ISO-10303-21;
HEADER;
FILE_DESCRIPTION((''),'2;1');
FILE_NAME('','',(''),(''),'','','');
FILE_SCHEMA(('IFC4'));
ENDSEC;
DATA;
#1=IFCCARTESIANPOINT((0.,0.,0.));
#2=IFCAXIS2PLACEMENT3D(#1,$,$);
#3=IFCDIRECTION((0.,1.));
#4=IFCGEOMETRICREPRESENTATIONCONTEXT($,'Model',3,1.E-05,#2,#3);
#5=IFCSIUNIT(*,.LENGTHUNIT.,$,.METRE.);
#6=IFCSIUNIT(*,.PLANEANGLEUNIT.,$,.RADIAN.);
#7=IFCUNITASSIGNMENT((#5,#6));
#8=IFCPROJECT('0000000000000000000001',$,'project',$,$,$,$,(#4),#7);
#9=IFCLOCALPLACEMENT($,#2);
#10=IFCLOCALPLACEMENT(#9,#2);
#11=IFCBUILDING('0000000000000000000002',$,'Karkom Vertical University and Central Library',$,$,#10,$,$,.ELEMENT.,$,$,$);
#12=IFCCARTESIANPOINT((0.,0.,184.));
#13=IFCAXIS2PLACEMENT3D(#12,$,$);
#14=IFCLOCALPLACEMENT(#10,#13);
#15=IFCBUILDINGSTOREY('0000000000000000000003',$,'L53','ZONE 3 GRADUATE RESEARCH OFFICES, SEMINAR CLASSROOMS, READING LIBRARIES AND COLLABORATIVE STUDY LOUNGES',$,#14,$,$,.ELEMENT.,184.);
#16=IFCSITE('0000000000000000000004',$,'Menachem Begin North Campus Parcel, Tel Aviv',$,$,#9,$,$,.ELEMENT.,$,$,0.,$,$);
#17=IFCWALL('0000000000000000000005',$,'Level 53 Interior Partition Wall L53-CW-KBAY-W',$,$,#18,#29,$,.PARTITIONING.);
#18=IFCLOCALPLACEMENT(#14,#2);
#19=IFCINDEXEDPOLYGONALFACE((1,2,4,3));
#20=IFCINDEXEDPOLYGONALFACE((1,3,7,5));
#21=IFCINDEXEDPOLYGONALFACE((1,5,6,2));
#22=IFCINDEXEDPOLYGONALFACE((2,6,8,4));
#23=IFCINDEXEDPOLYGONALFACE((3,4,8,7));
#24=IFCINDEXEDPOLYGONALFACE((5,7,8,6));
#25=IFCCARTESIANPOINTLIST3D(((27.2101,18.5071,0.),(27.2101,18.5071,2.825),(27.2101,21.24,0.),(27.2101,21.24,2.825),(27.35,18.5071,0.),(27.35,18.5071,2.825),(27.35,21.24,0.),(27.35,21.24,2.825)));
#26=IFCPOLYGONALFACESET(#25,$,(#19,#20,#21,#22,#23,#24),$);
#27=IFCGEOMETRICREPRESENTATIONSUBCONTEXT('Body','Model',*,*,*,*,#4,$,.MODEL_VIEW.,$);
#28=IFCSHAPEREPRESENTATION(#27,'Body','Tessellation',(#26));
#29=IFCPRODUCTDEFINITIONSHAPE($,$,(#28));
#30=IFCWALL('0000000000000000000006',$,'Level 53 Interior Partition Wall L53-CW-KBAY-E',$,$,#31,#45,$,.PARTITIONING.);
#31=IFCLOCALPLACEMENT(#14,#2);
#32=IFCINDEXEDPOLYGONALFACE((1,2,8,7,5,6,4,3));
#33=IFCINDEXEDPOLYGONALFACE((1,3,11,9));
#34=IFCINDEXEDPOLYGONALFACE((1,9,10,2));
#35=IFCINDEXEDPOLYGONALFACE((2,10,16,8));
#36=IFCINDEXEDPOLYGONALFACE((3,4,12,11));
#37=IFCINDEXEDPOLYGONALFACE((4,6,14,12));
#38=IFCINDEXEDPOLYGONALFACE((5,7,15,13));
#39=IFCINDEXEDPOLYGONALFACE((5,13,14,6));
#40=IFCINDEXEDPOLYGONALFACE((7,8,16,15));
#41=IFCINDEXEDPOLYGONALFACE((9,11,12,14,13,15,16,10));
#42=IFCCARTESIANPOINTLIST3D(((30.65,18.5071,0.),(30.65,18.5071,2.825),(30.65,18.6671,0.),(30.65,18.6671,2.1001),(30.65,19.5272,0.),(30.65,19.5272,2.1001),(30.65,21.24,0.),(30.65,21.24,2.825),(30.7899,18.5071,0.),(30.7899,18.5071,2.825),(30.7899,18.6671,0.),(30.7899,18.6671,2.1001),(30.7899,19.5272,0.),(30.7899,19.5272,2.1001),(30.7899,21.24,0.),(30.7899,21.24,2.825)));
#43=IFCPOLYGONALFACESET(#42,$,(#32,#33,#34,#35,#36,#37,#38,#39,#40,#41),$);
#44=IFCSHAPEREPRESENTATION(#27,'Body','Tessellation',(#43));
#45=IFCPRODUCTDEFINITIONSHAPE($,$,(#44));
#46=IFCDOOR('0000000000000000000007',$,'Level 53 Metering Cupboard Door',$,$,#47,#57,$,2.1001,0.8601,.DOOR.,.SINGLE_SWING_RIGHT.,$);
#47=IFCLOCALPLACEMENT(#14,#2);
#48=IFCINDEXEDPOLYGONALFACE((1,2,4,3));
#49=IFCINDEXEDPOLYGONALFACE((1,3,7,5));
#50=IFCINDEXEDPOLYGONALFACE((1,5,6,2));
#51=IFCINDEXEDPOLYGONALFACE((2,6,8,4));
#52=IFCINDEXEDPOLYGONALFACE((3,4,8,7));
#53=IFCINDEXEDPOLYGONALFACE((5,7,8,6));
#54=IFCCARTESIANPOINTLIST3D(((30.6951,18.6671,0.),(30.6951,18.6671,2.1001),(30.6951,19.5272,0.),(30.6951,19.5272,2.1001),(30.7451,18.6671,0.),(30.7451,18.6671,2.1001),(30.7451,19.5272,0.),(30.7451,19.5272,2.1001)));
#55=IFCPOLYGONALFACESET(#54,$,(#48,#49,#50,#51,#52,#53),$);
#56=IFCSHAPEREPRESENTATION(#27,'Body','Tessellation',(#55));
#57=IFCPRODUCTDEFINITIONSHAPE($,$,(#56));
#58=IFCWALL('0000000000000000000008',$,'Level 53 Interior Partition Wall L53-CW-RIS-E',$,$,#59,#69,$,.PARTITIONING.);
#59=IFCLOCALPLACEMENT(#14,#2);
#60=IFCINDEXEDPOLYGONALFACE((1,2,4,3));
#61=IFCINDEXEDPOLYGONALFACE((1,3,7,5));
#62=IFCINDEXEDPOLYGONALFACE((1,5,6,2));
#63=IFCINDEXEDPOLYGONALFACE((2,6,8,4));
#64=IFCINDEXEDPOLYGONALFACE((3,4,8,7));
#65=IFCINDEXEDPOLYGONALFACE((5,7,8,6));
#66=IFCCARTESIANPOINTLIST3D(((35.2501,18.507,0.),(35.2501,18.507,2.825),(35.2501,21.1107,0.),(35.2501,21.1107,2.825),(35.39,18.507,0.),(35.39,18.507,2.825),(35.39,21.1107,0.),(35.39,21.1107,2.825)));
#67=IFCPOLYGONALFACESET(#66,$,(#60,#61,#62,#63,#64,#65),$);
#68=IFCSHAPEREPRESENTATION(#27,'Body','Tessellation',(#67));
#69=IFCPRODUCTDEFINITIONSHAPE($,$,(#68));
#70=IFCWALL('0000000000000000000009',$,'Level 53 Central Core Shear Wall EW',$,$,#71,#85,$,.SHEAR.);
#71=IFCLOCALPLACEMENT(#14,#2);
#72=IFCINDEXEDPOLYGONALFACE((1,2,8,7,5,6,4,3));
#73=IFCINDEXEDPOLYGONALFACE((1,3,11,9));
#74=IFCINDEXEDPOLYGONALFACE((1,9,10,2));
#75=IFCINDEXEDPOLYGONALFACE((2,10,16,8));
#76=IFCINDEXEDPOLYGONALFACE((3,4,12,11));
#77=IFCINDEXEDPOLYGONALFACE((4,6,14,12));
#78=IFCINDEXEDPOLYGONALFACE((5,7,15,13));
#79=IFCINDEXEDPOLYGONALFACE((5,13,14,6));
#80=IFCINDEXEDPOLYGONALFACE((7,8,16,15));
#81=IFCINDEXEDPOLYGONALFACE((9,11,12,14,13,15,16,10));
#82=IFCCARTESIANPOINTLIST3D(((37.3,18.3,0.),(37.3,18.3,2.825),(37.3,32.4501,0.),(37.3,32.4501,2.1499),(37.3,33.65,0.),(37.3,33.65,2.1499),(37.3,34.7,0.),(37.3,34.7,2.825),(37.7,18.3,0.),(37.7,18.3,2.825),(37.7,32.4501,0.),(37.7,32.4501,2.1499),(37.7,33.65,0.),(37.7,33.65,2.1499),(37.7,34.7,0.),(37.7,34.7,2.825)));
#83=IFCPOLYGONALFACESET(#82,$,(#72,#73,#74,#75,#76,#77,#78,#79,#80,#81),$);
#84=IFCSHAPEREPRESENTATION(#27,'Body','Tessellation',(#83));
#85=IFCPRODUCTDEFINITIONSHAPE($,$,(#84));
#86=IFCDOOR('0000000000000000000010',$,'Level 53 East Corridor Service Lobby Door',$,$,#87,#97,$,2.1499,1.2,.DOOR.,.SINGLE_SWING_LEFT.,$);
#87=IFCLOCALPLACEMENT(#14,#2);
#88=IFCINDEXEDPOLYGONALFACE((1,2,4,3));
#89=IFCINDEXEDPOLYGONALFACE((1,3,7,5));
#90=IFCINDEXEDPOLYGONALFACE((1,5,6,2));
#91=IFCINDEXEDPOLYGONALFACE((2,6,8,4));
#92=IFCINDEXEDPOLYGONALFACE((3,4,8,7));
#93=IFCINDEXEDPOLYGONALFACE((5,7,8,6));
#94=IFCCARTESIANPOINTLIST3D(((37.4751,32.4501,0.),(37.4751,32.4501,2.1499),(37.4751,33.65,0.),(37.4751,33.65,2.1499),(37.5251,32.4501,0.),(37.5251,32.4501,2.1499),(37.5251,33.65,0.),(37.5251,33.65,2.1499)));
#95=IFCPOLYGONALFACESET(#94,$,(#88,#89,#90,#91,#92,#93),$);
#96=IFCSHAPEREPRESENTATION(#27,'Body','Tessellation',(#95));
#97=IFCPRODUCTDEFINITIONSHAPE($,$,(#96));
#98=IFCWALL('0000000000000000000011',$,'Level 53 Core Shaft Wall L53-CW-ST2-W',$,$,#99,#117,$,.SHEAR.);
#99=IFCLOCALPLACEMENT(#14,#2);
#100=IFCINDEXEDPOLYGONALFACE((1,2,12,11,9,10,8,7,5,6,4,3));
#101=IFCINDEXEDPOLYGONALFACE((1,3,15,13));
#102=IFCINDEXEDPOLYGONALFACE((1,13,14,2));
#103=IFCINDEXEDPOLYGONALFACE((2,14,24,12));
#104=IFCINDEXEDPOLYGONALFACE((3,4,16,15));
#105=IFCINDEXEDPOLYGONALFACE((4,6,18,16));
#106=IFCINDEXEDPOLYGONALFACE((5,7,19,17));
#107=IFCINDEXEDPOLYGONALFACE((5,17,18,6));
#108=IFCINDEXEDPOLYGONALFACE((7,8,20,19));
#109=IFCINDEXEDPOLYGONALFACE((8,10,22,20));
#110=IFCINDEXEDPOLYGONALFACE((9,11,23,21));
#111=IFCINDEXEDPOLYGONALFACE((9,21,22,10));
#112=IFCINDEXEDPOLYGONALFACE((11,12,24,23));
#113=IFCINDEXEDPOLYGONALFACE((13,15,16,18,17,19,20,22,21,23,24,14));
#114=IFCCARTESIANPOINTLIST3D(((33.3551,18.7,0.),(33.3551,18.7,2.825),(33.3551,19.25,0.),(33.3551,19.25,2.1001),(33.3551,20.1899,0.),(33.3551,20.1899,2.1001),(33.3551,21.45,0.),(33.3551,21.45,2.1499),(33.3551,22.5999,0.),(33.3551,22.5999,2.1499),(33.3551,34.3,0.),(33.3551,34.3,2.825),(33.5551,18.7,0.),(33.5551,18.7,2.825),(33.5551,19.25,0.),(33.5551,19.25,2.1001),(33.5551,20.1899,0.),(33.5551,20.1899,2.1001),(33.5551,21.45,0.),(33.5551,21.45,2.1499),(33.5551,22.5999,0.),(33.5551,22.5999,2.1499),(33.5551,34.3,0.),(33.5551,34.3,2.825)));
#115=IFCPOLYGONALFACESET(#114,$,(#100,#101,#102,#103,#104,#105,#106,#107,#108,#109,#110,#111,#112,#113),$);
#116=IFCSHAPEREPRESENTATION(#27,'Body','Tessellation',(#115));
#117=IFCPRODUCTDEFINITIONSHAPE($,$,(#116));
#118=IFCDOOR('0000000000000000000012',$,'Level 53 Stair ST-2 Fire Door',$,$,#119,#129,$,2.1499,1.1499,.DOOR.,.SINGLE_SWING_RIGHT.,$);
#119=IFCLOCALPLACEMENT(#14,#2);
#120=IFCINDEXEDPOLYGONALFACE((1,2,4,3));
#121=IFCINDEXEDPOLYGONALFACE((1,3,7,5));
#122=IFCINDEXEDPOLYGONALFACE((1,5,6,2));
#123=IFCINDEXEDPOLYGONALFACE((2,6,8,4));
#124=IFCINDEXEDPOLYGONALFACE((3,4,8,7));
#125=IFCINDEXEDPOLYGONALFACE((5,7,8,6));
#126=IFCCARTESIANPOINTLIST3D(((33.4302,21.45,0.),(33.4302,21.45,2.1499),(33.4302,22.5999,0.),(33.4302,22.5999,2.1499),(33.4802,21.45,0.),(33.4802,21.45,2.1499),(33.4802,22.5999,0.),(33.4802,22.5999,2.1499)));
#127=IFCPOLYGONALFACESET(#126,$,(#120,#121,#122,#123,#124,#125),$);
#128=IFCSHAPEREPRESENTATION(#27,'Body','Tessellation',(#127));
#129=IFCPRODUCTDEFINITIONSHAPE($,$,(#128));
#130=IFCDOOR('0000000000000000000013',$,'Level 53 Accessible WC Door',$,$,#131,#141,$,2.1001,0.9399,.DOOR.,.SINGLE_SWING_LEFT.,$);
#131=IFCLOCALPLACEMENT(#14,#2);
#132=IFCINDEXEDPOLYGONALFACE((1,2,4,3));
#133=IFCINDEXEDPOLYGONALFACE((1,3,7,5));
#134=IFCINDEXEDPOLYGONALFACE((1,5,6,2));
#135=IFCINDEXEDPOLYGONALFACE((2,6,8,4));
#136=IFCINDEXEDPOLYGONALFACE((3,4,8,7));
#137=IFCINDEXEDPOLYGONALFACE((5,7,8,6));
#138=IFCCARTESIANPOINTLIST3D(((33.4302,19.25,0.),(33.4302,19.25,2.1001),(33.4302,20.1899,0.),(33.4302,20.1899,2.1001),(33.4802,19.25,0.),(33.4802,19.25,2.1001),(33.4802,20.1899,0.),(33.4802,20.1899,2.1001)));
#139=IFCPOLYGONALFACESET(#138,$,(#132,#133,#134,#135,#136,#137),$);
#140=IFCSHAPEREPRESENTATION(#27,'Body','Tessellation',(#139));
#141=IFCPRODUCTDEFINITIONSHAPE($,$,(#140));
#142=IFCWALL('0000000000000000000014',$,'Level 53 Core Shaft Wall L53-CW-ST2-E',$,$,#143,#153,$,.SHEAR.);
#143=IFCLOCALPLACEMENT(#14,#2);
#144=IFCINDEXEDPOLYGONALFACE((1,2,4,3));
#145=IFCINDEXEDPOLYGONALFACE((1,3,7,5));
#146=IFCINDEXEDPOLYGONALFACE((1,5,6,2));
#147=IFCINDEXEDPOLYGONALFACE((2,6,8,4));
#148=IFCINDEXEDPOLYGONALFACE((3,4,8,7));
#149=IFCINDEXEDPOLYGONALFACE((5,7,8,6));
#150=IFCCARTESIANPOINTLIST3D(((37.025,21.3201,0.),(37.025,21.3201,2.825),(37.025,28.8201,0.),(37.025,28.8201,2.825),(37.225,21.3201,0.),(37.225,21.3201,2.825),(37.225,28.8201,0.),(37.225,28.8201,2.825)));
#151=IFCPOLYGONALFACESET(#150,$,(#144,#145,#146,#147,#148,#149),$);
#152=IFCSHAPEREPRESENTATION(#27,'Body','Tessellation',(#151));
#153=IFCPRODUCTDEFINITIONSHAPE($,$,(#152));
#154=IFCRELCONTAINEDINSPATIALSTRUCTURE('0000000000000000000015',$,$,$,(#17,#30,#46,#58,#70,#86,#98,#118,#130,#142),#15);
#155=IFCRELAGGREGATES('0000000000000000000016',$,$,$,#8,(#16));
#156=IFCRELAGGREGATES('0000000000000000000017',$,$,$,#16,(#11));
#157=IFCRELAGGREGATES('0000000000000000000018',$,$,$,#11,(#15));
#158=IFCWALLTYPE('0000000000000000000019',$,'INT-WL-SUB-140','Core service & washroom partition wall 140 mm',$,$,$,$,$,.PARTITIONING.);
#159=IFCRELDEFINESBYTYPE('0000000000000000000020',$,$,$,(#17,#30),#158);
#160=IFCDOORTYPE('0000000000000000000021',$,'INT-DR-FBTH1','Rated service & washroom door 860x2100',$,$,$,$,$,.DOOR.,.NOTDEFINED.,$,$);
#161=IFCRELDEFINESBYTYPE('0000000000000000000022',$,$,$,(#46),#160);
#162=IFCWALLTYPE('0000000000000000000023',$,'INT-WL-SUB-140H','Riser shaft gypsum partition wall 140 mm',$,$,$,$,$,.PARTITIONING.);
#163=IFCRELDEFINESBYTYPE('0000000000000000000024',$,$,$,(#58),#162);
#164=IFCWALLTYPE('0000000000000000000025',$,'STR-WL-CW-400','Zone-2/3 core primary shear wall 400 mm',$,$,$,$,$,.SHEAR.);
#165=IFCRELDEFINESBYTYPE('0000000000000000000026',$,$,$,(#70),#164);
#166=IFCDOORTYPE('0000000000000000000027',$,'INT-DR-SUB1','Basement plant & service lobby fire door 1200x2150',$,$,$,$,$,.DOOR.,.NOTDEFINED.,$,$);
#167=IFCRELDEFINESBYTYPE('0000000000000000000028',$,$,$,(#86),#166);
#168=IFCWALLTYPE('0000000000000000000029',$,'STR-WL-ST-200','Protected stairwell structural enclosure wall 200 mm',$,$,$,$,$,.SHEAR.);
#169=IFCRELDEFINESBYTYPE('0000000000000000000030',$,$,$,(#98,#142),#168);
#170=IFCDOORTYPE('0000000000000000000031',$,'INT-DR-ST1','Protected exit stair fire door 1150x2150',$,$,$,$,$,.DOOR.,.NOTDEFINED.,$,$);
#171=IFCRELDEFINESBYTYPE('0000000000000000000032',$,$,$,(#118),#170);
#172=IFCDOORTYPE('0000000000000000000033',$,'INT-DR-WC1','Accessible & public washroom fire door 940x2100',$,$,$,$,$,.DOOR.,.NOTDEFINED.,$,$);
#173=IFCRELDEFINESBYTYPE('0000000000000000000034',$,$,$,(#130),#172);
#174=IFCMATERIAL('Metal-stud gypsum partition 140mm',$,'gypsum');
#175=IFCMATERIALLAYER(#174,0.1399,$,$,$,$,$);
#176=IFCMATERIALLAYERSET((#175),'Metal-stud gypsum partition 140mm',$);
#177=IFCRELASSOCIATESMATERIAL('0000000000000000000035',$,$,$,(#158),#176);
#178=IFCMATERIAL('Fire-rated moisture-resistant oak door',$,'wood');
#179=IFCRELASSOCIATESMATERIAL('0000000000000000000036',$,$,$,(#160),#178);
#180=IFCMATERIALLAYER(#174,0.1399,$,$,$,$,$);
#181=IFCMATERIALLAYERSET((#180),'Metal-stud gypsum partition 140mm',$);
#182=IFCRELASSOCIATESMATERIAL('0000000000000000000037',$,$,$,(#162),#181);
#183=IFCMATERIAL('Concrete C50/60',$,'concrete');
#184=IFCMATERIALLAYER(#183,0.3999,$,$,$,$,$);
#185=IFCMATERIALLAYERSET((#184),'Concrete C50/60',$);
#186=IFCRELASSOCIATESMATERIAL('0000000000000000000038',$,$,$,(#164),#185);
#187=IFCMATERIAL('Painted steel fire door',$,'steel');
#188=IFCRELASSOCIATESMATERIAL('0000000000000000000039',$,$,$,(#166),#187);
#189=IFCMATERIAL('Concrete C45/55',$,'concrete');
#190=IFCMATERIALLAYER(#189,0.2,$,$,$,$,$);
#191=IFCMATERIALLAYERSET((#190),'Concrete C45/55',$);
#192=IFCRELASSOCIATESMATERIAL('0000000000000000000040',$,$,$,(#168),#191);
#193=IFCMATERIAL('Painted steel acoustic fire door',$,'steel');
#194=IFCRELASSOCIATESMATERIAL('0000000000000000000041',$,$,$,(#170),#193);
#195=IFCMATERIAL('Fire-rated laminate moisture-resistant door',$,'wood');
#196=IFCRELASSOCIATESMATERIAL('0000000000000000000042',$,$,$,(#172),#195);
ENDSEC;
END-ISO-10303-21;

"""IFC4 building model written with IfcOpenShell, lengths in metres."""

from ifc_helpers import new_model, si_unit, direction, frame, frame_2d, origin, origin_with_axes, place, context, subcontext, project, spatial, rectangle, extrude, source, transform, mapped, material, layer, layer_set, type_object, element, fill, save


model = new_model("IFC4")

# Units and contexts
model_context = context("Model", 3, precision=1e-05, world=origin(), true_north=direction((0.0, 1.0)))
body_context = subcontext(model_context, "Body", "Model", "MODEL_VIEW")
ifc_project = project(units=[si_unit("LENGTHUNIT", "METRE"), si_unit("PLANEANGLEUNIT", "RADIAN")], contexts=[model_context])

# Site, building, storey
site_placement = place(None, origin())
site = spatial("IfcSite", under=ifc_project, at=site_placement, Name="Menachem Begin North Campus Parcel, Tel Aviv", CompositionType="ELEMENT", RefElevation=0.0)
building_placement = place(site_placement, origin())
building = spatial("IfcBuilding", under=site, at=building_placement, Name="Karkom Vertical University and Central Library", CompositionType="ELEMENT")
storey_placement = place(building_placement, frame((0.0, 0.0, 184.0)))
storey = spatial("IfcBuildingStorey", under=building, at=storey_placement, Name="L53", Description="ZONE 3 GRADUATE RESEARCH OFFICES, SEMINAR CLASSROOMS, READING LIBRARIES AND COLLABORATIVE STUDY LOUNGES", CompositionType="ELEMENT", Elevation=184.0)

# Shared definitions
ifc_material_1 = material(Name="Concrete C50/60", Category="concrete")

# Shared definitions
ifc_material_2 = material(Name="Metal-stud gypsum partition 140mm", Category="gypsum")
ifc_layer_1 = layer(ifc_material_2, 0.1399)
ifc_layer_set_1 = layer_set([ifc_layer_1], Name="Metal-stud gypsum partition 140mm")
wall_type_1 = type_object("IfcWallType", Name="INT-WL-SUB-140", Description="Core service & washroom partition wall 140 mm", PredefinedType="PARTITIONING", material=ifc_layer_set_1)

# Wall
wall_1_placement = place(storey_placement, frame((27.28, 18.5071, 0.0), z_axis=(0.0, 0.0, 1.0), x_axis=(0.0, 1.0, 0.0)))
element("IfcWall", 1, at=wall_1_placement, inside=storey, type_object=wall_type_1, Name="Level 53 Interior Partition Wall L53-CW-KBAY-W", PredefinedType="PARTITIONING", context=body_context, shape_type="SweptSolid", body=[
    extrude(rectangle(XDim=2.7329, YDim=0.1399, at=frame_2d((1.3665, 0.0))), origin(), (0.0, 0.0, 1.0), 2.825),
])

# Wall, opening, door
wall_2_placement = place(storey_placement, frame((30.72, 18.5071, 0.0), z_axis=(0.0, 0.0, 1.0), x_axis=(0.0, 1.0, 0.0)))
wall_2 = element("IfcWall", 2, at=wall_2_placement, inside=storey, type_object=wall_type_1, Name="Level 53 Interior Partition Wall L53-CW-KBAY-E", PredefinedType="PARTITIONING", context=body_context, shape_type="SweptSolid", body=[
    extrude(rectangle(XDim=2.7329, YDim=0.1399, at=frame_2d((1.3665, 0.0))), origin(), (0.0, 0.0, 1.0), 2.825),
])
opening_1_placement = place(wall_2_placement, frame((0.1599, 0.0, 0.0)))
opening_1 = element("IfcOpeningElement", 3, at=opening_1_placement, cuts=wall_2, PredefinedType="OPENING", context=body_context, shape_type="SweptSolid", body=[
    extrude(rectangle(XDim=0.8601, YDim=2.1001, at=frame_2d((0.4302, 1.05))), frame((0.0, 0.0801, 0.0), z_axis=(0.0, -1.0, 0.0), x_axis=(1.0, 0.0, 0.0)), (0.0, 0.0, 1.0), 0.1599),
])
ifc_material_3 = material(Name="Fire-rated moisture-resistant oak door", Category="wood")
door_type_1 = type_object("IfcDoorType", Name="INT-DR-FBTH1", Description="Rated service & washroom door 860x2100", OperationType="NOTDEFINED", PredefinedType="DOOR", material=ifc_material_3)
shared_shape_1 = source(origin_with_axes(), body_context, "Body", "SweptSolid", [
    extrude(rectangle(XDim=0.8601, YDim=2.1001, at=frame_2d((0.4302, 1.05))), frame((0.0, 0.0249, 0.0), z_axis=(0.0, -1.0, 0.0), x_axis=(1.0, 0.0, 0.0)), (0.0, 0.0, 1.0), 0.05),
])
door_1_placement = place(opening_1_placement, origin())
door_1 = element("IfcDoor", 4, at=door_1_placement, inside=storey, type_object=door_type_1, Name="Level 53 Metering Cupboard Door", OperationType="SINGLE_SWING_RIGHT", OverallHeight=2.1001, OverallWidth=0.8601, PredefinedType="DOOR", context=body_context, shape_type="MappedRepresentation", body=[
    mapped(shared_shape_1, transform((0.0, 0.0, 0.0), scale=1.0)),
])
fill(opening_1, door_1)

# Wall
ifc_layer_2 = layer(ifc_material_2, 0.1399)
ifc_layer_set_2 = layer_set([ifc_layer_2], Name="Metal-stud gypsum partition 140mm")
wall_type_2 = type_object("IfcWallType", Name="INT-WL-SUB-140H", Description="Riser shaft gypsum partition wall 140 mm", PredefinedType="PARTITIONING", material=ifc_layer_set_2)
wall_3_placement = place(storey_placement, frame((35.3201, 18.5071, 0.0), z_axis=(0.0, 0.0, 1.0), x_axis=(0.0, 1.0, 0.0)))
element("IfcWall", 5, at=wall_3_placement, inside=storey, type_object=wall_type_2, Name="Level 53 Interior Partition Wall L53-CW-RIS-E", PredefinedType="PARTITIONING", context=body_context, shape_type="SweptSolid", body=[
    extrude(rectangle(XDim=2.6038, YDim=0.1399, at=frame_2d((1.3018, 0.0))), origin(), (0.0, 0.0, 1.0), 2.825),
])

# Wall, opening, door
ifc_layer_3 = layer(ifc_material_1, 0.3999)
ifc_layer_set_3 = layer_set([ifc_layer_3], Name="Concrete C50/60")
wall_type_3 = type_object("IfcWallType", Name="STR-WL-CW-400", Description="Zone-2/3 core primary shear wall 400 mm", PredefinedType="SHEAR", material=ifc_layer_set_3)
wall_4_placement = place(storey_placement, frame((37.5, 18.3, 0.0), z_axis=(0.0, 0.0, 1.0), x_axis=(0.0, 1.0, 0.0)))
wall_4 = element("IfcWall", 6, at=wall_4_placement, inside=storey, type_object=wall_type_3, Name="Level 53 Central Core Shear Wall EW", PredefinedType="SHEAR", context=body_context, shape_type="SweptSolid", body=[
    extrude(rectangle(XDim=16.3999, YDim=0.3999, at=frame_2d((8.2, 0.0))), origin(), (0.0, 0.0, 1.0), 2.825),
])
opening_2_placement = place(wall_4_placement, frame((14.1499, 0.0, 0.0)))
opening_2 = element("IfcOpeningElement", 7, at=opening_2_placement, cuts=wall_4, PredefinedType="OPENING", context=body_context, shape_type="SweptSolid", body=[
    extrude(rectangle(XDim=1.2, YDim=2.1499, at=frame_2d((0.6001, 1.075))), frame((0.0, 0.21, 0.0), z_axis=(0.0, -1.0, 0.0), x_axis=(1.0, 0.0, 0.0)), (0.0, 0.0, 1.0), 0.4199),
])
ifc_material_4 = material(Name="Painted steel fire door", Category="steel")
door_type_2 = type_object("IfcDoorType", Name="INT-DR-SUB1", Description="Basement plant & service lobby fire door 1200x2150", OperationType="NOTDEFINED", PredefinedType="DOOR", material=ifc_material_4)
shared_shape_2 = source(origin_with_axes(), body_context, "Body", "SweptSolid", [
    extrude(rectangle(XDim=1.2, YDim=2.1499, at=frame_2d((0.6001, 1.075))), frame((0.0, 0.0249, 0.0), z_axis=(0.0, -1.0, 0.0), x_axis=(1.0, 0.0, 0.0)), (0.0, 0.0, 1.0), 0.05),
])
door_2_placement = place(opening_2_placement, origin())
door_2 = element("IfcDoor", 8, at=door_2_placement, inside=storey, type_object=door_type_2, Name="Level 53 East Corridor Service Lobby Door", OperationType="SINGLE_SWING_LEFT", OverallHeight=2.1499, OverallWidth=1.2, PredefinedType="DOOR", context=body_context, shape_type="MappedRepresentation", body=[
    mapped(shared_shape_2, transform((0.0, 0.0, 0.0), scale=1.0)),
])
fill(opening_2, door_2)

# Wall, openings, doors
ifc_material_5 = material(Name="Concrete C45/55", Category="concrete")
ifc_layer_4 = layer(ifc_material_5, 0.2)
ifc_layer_set_4 = layer_set([ifc_layer_4], Name="Concrete C45/55")
wall_type_4 = type_object("IfcWallType", Name="STR-WL-ST-200", Description="Protected stairwell structural enclosure wall 200 mm", PredefinedType="SHEAR", material=ifc_layer_set_4)
wall_5_placement = place(storey_placement, frame((33.4551, 18.7, 0.0), z_axis=(0.0, 0.0, 1.0), x_axis=(0.0, 1.0, 0.0)))
wall_5 = element("IfcWall", 9, at=wall_5_placement, inside=storey, type_object=wall_type_4, Name="Level 53 Core Shaft Wall L53-CW-ST2-W", PredefinedType="SHEAR", context=body_context, shape_type="SweptSolid", body=[
    extrude(rectangle(XDim=15.6001, YDim=0.2, at=frame_2d((7.8, 0.0))), origin(), (0.0, 0.0, 1.0), 2.825),
])
opening_3_placement = place(wall_5_placement, frame((2.75, 0.0, 0.0)))
opening_3 = element("IfcOpeningElement", 10, at=opening_3_placement, cuts=wall_5, PredefinedType="OPENING", context=body_context, shape_type="SweptSolid", body=[
    extrude(rectangle(XDim=1.1499, YDim=2.1499, at=frame_2d((0.575, 1.075))), frame((0.0, 0.1099, 0.0), z_axis=(0.0, -1.0, 0.0), x_axis=(1.0, 0.0, 0.0)), (0.0, 0.0, 1.0), 0.22),
])
opening_4_placement = place(wall_5_placement, frame((0.55, 0.0, 0.0)))
opening_4 = element("IfcOpeningElement", 11, at=opening_4_placement, cuts=wall_5, PredefinedType="OPENING", context=body_context, shape_type="SweptSolid", body=[
    extrude(rectangle(XDim=0.9399, YDim=2.1001, at=frame_2d((0.47, 1.05))), frame((0.0, 0.1099, 0.0), z_axis=(0.0, -1.0, 0.0), x_axis=(1.0, 0.0, 0.0)), (0.0, 0.0, 1.0), 0.22),
])
ifc_material_6 = material(Name="Painted steel acoustic fire door", Category="steel")
door_type_3 = type_object("IfcDoorType", Name="INT-DR-ST1", Description="Protected exit stair fire door 1150x2150", OperationType="NOTDEFINED", PredefinedType="DOOR", material=ifc_material_6)
shared_shape_3 = source(origin_with_axes(), body_context, "Body", "SweptSolid", [
    extrude(rectangle(XDim=1.1499, YDim=2.1499, at=frame_2d((0.575, 1.075))), frame((0.0, 0.0249, 0.0), z_axis=(0.0, -1.0, 0.0), x_axis=(1.0, 0.0, 0.0)), (0.0, 0.0, 1.0), 0.05),
])
door_3_placement = place(opening_3_placement, origin())
door_3 = element("IfcDoor", 12, at=door_3_placement, inside=storey, type_object=door_type_3, Name="Level 53 Stair ST-2 Fire Door", OperationType="SINGLE_SWING_RIGHT", OverallHeight=2.1499, OverallWidth=1.1499, PredefinedType="DOOR", context=body_context, shape_type="MappedRepresentation", body=[
    mapped(shared_shape_3, transform((0.0, 0.0, 0.0), scale=1.0)),
])
fill(opening_3, door_3)
ifc_material_7 = material(Name="Fire-rated laminate moisture-resistant door", Category="wood")
door_type_4 = type_object("IfcDoorType", Name="INT-DR-WC1", Description="Accessible & public washroom fire door 940x2100", OperationType="NOTDEFINED", PredefinedType="DOOR", material=ifc_material_7)
shared_shape_4 = source(origin_with_axes(), body_context, "Body", "SweptSolid", [
    extrude(rectangle(XDim=0.9399, YDim=2.1001, at=frame_2d((0.47, 1.05))), frame((0.0, 0.0249, 0.0), z_axis=(0.0, -1.0, 0.0), x_axis=(1.0, 0.0, 0.0)), (0.0, 0.0, 1.0), 0.05),
])
door_4_placement = place(opening_4_placement, origin())
door_4 = element("IfcDoor", 13, at=door_4_placement, inside=storey, type_object=door_type_4, Name="Level 53 Accessible WC Door", OperationType="SINGLE_SWING_LEFT", OverallHeight=2.1001, OverallWidth=0.9399, PredefinedType="DOOR", context=body_context, shape_type="MappedRepresentation", body=[
    mapped(shared_shape_4, transform((0.0, 0.0, 0.0), scale=1.0)),
])
fill(opening_4, door_4)

# Wall
wall_6_placement = place(storey_placement, frame((37.125, 21.3201, 0.0), z_axis=(0.0, 0.0, 1.0), x_axis=(0.0, 1.0, 0.0)))
element("IfcWall", 14, at=wall_6_placement, inside=storey, type_object=wall_type_4, Name="Level 53 Core Shaft Wall L53-CW-ST2-E", PredefinedType="SHEAR", context=body_context, shape_type="SweptSolid", body=[
    extrude(rectangle(XDim=7.5, YDim=0.2, at=frame_2d((3.75, 0.0))), origin(), (0.0, 0.0, 1.0), 2.825),
])

save(model, "model.ifc")
